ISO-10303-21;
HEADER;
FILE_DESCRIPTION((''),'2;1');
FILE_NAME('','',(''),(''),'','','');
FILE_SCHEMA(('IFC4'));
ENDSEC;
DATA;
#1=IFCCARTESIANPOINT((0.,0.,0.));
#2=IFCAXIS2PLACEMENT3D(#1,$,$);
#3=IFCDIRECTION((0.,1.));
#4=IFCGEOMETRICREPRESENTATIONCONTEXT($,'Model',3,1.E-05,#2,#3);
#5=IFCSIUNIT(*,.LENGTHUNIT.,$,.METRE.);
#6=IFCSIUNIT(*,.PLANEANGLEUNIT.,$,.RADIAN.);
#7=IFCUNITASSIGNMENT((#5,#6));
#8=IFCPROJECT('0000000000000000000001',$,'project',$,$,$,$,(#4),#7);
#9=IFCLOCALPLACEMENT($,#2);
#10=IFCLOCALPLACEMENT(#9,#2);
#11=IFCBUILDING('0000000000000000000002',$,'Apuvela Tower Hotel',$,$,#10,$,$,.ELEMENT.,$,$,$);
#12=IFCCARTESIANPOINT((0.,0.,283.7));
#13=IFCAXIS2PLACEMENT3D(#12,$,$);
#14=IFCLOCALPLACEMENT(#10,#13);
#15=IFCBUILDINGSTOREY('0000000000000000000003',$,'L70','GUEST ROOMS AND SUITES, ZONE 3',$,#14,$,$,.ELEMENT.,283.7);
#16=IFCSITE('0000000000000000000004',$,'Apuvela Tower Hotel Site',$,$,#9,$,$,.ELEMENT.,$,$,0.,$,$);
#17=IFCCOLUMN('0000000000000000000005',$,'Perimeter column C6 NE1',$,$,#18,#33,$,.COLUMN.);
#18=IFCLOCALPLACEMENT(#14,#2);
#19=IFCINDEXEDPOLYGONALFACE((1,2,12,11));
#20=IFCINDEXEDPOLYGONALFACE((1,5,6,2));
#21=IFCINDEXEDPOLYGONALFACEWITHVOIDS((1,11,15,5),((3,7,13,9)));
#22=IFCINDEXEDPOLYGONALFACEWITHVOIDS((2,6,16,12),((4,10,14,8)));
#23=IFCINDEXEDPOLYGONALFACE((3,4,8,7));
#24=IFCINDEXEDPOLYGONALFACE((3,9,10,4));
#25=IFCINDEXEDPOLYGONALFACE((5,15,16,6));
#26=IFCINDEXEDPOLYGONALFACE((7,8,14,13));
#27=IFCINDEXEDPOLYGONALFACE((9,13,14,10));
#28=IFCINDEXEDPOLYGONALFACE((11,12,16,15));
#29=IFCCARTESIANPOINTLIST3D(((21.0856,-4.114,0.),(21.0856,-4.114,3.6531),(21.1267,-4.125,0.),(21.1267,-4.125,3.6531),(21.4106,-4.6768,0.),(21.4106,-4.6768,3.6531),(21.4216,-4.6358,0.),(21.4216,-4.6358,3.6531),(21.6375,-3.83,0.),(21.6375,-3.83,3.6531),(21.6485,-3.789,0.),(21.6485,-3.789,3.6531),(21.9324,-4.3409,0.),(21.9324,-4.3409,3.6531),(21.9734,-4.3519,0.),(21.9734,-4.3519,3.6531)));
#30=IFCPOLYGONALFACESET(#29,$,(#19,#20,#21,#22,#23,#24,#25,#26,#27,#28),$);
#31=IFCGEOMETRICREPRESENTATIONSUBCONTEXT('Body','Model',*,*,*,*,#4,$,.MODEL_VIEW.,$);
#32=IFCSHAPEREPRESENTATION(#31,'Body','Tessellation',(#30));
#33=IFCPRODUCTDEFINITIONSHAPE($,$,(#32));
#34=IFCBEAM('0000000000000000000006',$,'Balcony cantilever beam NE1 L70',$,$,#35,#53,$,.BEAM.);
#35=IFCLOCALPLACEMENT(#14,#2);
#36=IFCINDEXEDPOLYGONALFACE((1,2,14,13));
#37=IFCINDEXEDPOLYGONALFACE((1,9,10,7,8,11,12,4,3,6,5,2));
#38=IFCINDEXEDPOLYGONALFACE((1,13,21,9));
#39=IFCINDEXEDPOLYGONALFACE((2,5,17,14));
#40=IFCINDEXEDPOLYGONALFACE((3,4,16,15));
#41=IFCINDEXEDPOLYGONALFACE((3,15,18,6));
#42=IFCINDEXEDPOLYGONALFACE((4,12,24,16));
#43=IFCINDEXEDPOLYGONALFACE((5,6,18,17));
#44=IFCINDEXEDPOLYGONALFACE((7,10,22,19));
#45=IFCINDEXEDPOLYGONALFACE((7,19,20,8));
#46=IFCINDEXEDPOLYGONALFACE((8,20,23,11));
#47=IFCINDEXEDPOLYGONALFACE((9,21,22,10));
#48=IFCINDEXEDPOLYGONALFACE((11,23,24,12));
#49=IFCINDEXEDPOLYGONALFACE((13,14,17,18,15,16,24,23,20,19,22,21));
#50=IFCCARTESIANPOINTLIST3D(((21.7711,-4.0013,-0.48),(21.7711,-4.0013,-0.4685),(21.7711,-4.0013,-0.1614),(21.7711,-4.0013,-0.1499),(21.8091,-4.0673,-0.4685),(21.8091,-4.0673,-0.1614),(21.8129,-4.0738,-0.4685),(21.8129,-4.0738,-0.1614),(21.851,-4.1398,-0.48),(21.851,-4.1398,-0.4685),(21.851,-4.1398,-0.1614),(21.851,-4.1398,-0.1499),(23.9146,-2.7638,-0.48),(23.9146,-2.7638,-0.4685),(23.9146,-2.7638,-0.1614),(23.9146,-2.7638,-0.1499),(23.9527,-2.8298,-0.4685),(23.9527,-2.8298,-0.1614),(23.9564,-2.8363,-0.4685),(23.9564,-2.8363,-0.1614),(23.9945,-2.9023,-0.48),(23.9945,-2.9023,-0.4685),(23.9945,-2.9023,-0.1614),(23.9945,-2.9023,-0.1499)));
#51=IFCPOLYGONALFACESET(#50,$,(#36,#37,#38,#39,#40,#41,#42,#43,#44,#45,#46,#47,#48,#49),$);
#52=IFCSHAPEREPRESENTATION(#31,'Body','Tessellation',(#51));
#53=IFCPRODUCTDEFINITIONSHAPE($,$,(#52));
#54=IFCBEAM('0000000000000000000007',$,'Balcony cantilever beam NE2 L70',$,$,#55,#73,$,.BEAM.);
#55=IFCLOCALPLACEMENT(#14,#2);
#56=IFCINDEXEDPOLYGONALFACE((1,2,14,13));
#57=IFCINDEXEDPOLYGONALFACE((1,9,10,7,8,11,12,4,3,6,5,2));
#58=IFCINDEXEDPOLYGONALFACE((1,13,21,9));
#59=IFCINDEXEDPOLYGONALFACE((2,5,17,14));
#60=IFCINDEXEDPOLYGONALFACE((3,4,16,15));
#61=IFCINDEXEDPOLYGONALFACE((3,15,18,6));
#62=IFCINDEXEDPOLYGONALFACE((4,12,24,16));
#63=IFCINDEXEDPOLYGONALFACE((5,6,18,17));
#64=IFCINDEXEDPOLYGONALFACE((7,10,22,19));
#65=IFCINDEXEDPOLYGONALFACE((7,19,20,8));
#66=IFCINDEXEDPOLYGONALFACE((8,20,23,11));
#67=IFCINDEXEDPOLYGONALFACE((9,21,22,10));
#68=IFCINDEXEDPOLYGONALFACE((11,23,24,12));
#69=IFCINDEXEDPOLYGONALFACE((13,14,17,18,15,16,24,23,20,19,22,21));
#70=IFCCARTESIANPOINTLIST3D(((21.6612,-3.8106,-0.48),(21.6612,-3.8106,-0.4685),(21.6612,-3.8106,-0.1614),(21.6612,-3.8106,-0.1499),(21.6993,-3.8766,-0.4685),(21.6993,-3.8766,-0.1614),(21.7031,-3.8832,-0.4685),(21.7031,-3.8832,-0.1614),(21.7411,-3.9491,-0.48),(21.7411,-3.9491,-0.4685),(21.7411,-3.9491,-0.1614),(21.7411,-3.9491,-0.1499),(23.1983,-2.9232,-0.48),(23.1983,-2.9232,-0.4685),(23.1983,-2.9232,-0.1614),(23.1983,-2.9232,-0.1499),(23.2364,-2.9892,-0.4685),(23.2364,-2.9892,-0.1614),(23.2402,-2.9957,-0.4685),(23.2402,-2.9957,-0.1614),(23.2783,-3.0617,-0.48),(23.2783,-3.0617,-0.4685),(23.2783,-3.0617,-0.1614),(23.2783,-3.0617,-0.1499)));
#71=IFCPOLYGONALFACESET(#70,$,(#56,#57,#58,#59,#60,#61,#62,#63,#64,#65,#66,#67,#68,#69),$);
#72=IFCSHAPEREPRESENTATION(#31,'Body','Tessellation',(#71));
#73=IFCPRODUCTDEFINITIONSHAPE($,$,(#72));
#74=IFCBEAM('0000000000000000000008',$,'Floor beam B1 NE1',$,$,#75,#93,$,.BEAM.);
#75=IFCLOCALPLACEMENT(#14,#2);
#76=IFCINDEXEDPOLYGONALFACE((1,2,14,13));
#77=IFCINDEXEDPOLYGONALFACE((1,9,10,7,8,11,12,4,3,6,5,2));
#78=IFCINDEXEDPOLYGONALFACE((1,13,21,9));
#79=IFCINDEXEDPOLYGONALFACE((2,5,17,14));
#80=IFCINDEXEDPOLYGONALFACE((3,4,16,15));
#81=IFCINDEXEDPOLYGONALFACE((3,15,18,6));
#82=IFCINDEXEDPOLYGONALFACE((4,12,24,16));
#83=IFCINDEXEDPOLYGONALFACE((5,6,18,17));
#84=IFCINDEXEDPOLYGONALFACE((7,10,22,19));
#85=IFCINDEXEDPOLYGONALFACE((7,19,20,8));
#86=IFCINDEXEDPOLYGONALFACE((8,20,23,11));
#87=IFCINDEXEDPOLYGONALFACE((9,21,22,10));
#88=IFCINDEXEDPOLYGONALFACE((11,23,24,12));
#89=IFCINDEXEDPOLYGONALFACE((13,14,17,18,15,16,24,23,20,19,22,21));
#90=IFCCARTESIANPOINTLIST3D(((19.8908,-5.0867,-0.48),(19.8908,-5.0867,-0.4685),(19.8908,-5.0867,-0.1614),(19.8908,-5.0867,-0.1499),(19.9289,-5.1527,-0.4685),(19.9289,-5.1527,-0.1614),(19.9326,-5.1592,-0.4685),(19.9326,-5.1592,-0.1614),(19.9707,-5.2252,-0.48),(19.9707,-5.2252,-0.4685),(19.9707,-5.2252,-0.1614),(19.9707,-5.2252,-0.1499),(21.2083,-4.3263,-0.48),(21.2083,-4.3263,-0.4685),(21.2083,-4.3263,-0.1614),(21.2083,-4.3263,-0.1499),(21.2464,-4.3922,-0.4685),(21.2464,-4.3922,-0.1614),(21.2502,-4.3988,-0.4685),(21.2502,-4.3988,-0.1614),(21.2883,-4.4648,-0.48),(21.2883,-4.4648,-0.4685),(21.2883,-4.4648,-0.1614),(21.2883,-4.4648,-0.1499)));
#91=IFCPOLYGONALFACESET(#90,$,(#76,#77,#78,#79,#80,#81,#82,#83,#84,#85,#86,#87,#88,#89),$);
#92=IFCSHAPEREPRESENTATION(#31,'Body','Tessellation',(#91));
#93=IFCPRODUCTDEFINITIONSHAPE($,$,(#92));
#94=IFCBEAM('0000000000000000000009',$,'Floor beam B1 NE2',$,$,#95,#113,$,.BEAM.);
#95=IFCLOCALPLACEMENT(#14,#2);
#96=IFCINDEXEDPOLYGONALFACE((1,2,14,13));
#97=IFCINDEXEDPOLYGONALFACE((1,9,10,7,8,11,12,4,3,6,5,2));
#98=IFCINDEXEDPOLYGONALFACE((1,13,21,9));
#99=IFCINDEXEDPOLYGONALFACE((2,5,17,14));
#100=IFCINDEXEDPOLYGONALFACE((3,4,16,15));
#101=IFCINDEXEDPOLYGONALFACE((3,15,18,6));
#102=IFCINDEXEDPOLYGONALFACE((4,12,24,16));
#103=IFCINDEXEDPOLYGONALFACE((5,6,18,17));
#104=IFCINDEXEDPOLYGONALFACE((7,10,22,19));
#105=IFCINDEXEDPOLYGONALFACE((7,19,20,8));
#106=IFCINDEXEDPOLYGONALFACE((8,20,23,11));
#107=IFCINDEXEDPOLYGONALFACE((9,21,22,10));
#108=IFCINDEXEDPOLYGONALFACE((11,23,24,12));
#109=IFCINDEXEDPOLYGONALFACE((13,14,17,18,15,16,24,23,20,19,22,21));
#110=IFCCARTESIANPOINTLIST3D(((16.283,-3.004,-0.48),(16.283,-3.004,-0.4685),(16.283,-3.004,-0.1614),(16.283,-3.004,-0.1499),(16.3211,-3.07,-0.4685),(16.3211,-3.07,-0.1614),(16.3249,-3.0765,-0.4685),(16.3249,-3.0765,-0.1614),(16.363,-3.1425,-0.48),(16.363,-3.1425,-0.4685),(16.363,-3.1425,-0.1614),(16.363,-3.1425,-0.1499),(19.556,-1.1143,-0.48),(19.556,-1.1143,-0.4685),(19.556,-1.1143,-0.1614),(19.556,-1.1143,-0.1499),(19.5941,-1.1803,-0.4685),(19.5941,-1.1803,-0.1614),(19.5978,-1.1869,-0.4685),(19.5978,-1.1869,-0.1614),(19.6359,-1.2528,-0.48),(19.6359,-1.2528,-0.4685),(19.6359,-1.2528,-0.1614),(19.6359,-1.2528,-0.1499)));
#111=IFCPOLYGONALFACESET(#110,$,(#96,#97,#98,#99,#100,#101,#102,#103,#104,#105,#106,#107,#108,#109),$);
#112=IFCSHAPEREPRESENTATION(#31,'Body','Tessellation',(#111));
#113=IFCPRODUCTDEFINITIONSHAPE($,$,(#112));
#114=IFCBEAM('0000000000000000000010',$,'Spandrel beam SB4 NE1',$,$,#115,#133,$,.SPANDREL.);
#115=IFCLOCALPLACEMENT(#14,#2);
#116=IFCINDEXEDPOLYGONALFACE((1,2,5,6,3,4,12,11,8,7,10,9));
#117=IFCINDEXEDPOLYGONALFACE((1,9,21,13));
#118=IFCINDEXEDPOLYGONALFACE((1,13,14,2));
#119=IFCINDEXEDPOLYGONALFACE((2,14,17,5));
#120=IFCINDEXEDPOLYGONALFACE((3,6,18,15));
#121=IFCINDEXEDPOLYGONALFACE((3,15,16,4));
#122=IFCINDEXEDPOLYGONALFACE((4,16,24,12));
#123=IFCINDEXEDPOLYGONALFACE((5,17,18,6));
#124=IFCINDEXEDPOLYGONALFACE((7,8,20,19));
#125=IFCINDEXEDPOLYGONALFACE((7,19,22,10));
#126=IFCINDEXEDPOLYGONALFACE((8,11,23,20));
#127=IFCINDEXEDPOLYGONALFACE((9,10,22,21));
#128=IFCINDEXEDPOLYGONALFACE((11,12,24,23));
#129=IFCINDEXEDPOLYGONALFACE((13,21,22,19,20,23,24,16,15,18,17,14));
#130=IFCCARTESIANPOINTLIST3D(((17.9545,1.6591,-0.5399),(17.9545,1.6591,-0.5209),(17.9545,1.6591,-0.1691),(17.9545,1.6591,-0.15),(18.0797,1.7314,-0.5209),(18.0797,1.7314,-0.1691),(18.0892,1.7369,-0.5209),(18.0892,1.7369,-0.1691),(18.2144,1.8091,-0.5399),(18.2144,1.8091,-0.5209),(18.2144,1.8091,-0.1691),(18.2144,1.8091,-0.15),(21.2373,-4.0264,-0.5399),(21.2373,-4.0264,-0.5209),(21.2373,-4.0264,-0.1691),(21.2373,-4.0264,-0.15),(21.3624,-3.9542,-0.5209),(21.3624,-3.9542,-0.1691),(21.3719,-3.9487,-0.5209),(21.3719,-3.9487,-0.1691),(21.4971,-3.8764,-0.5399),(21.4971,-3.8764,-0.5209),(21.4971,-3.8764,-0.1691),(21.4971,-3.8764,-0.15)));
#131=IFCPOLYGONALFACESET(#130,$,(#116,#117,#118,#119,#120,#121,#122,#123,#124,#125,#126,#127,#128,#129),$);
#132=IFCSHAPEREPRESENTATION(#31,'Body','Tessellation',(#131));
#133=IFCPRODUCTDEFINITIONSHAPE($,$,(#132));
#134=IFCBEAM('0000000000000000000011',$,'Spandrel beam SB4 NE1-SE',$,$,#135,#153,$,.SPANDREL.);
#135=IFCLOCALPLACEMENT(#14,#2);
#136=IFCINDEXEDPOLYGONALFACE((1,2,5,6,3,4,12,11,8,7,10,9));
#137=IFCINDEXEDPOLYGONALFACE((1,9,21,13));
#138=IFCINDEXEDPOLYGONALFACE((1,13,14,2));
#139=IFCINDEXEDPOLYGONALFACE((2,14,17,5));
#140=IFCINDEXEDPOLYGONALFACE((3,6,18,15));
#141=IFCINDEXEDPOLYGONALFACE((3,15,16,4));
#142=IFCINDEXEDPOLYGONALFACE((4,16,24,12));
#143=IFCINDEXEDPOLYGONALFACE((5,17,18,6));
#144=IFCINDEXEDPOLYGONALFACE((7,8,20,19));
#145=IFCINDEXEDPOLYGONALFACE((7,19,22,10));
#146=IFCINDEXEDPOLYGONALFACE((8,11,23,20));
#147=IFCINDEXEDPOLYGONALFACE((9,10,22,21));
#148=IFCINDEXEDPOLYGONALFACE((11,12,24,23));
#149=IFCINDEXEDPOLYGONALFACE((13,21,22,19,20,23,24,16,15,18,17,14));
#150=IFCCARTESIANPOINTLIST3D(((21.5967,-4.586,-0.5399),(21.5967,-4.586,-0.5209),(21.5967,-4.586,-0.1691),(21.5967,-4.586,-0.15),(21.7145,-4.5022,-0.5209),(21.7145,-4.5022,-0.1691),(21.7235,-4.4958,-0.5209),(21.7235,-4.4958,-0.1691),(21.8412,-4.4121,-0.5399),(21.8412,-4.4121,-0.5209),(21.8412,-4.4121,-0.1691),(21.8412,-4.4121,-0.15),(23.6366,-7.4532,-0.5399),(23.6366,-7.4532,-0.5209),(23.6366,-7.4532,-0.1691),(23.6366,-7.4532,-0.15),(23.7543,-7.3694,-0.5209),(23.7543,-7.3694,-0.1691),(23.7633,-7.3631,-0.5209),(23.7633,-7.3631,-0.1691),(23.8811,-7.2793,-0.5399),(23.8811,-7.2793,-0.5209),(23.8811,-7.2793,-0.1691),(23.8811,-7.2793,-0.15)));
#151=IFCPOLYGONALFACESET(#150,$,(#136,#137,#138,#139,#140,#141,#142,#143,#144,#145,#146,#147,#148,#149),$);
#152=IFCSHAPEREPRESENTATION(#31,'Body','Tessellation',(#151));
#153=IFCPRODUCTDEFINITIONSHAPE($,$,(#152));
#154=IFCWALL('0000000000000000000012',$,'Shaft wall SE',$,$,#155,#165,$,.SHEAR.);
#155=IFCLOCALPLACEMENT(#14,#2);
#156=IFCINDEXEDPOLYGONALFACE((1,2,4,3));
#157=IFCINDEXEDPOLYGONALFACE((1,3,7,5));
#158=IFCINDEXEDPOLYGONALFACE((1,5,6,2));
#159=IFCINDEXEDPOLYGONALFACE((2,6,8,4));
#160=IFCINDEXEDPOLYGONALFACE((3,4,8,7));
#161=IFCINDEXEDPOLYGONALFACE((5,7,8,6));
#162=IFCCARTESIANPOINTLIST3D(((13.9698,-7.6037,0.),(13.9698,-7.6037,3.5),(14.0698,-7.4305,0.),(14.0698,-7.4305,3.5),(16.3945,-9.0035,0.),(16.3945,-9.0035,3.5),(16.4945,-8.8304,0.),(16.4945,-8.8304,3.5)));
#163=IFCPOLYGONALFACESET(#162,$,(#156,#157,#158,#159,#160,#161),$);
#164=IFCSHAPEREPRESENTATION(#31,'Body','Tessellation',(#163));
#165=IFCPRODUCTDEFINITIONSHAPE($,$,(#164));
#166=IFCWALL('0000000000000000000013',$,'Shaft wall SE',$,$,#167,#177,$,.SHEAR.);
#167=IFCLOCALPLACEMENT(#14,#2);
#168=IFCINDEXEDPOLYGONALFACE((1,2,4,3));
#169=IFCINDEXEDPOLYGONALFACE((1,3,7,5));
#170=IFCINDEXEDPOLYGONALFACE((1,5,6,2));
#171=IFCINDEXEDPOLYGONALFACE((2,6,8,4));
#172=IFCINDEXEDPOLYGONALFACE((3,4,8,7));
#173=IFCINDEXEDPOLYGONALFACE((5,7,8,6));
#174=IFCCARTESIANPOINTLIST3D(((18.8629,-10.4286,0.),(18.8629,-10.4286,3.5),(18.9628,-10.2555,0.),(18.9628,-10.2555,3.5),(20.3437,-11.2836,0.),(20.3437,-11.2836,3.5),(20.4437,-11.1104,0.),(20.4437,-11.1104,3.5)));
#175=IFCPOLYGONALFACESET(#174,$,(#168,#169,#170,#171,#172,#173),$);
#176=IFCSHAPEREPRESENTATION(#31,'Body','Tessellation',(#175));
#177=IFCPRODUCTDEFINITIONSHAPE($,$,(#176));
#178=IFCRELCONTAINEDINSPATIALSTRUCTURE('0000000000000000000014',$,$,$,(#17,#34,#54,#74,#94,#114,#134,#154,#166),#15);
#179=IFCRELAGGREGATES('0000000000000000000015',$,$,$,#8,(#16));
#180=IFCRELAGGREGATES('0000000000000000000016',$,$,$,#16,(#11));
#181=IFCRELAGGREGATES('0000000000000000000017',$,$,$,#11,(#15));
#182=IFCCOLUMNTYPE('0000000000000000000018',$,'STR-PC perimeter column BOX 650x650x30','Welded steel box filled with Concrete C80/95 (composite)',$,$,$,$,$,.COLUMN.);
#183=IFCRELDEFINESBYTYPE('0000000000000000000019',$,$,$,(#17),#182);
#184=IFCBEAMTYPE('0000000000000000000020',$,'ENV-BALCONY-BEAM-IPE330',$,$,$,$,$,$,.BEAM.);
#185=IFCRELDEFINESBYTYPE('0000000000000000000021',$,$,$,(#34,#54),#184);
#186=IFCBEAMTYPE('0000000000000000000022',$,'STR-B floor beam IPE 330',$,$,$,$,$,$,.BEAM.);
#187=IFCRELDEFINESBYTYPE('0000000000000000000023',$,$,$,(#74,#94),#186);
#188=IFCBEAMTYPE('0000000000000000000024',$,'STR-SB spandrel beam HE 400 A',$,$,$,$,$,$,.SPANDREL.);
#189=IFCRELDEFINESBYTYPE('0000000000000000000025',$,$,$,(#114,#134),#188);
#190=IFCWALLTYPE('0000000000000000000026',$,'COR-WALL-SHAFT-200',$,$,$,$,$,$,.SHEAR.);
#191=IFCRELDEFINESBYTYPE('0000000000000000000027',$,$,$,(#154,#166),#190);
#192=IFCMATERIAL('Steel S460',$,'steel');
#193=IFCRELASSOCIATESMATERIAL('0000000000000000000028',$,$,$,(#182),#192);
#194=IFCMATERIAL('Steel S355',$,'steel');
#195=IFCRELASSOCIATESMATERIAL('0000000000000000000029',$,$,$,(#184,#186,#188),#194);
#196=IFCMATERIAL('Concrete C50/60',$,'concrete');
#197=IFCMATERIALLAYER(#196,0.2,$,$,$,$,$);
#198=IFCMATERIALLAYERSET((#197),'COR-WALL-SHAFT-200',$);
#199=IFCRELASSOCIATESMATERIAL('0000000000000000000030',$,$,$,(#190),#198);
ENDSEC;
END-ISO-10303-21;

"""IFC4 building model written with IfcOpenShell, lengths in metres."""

from ifc_helpers import new_model, si_unit, direction, frame, frame_2d, origin, origin_2d, place, context, subcontext, project, spatial, rectangle, hollow_rectangle, i_section, extrude, boolean, halfspace, material, layer, layer_set, material_profile, profile_set, type_object, element, save


model = new_model("IFC4")

# Units and contexts
model_context = context("Model", 3, precision=1e-05, world=origin(), true_north=direction((0.0, 1.0)))
body_context = subcontext(model_context, "Body", "Model", "MODEL_VIEW")
ifc_project = project(units=[si_unit("LENGTHUNIT", "METRE"), si_unit("PLANEANGLEUNIT", "RADIAN")], contexts=[model_context])

# Site, building, storey
site_placement = place(None, origin())
site = spatial("IfcSite", under=ifc_project, at=site_placement, Name="Apuvela Tower Hotel Site", CompositionType="ELEMENT", RefElevation=0.0)
building_placement = place(site_placement, origin())
building = spatial("IfcBuilding", under=site, at=building_placement, Name="Apuvela Tower Hotel", CompositionType="ELEMENT")
storey_placement = place(building_placement, frame((0.0, 0.0, 283.7)))
storey = spatial("IfcBuildingStorey", under=building, at=storey_placement, Name="L70", Description="GUEST ROOMS AND SUITES, ZONE 3", CompositionType="ELEMENT", Elevation=283.7)

# Column
ifc_material_1 = material(Name="Steel S460", Category="steel")
ifc_material_profile_1 = material_profile(ifc_material_1, hollow_rectangle(XDim=0.6499, YDim=0.6499, WallThickness=0.03, at=origin_2d()), Name="BOX 650x650x30")
ifc_material_2 = material(Name="Concrete C80/95", Category="concrete")
ifc_material_profile_2 = material_profile(ifc_material_2, rectangle(XDim=0.5901, YDim=0.5901, at=origin_2d()), Name="Concrete C80/95 infill")
ifc_profile_set_1 = profile_set([ifc_material_profile_1, ifc_material_profile_2], Name="Steel S460")
column_type = type_object("IfcColumnType", Name="STR-PC perimeter column BOX 650x650x30", Description="Welded steel box filled with Concrete C80/95 (composite)", PredefinedType="COLUMN", material=ifc_profile_set_1)
column_placement = place(storey_placement, frame((21.5295, -4.2329, 0.0), z_axis=(0.0, 0.0, 1.0), x_axis=(-0.5, 0.866025, 0.0)))
element("IfcColumn", 1, at=column_placement, inside=storey, type_object=column_type, Name="Perimeter column C6 NE1", PredefinedType="COLUMN", context=body_context, shape_type="SweptSolid", body=[
    boolean("DIFFERENCE", extrude(hollow_rectangle(XDim=0.6499, YDim=0.6499, WallThickness=0.03, at=origin_2d()), origin(), (0.0, 0.0, 1.0), 3.7), halfspace(frame((0.0, 0.0, 3.6531), z_axis=(0.0, 0.0, 1.0), x_axis=(1.0, 0.0, 0.0)), False)),
])

# Beams
ifc_material_3 = material(Name="Steel S355", Category="steel")
ifc_material_profile_3 = material_profile(ifc_material_3, i_section(OverallWidth=0.1599, OverallDepth=0.3301, WebThickness=0.0076, FlangeThickness=0.0115, at=origin_2d()), Name="IPE 330")
ifc_profile_set_2 = profile_set([ifc_material_profile_3], Name="Steel S355")
beam_type_1 = type_object("IfcBeamType", Name="ENV-BALCONY-BEAM-IPE330", PredefinedType="BEAM", material=ifc_profile_set_2)
beam_1_placement = place(storey_placement, frame((21.811, -4.0706, -0.3149), z_axis=(0.866031, 0.49999, 0.0), x_axis=(-0.49999, 0.866031, 0.0)))
element("IfcBeam", 2, at=beam_1_placement, inside=storey, type_object=beam_type_1, Name="Balcony cantilever beam NE1 L70", PredefinedType="BEAM", context=body_context, shape_type="SweptSolid", body=[
    extrude(i_section(OverallWidth=0.1599, OverallDepth=0.3301, WebThickness=0.0076, FlangeThickness=0.0115, at=origin_2d()), origin(), (0.0, 0.0, 1.0), 2.4751),
])
beam_2_placement = place(storey_placement, frame((21.7012, -3.8799, -0.3149), z_axis=(0.866025, 0.5, 0.0), x_axis=(-0.5, 0.866025, 0.0)))
element("IfcBeam", 3, at=beam_2_placement, inside=storey, type_object=beam_type_1, Name="Balcony cantilever beam NE2 L70", PredefinedType="BEAM", context=body_context, shape_type="SweptSolid", body=[
    extrude(i_section(OverallWidth=0.1599, OverallDepth=0.3301, WebThickness=0.0076, FlangeThickness=0.0115, at=origin_2d()), origin(), (0.0, 0.0, 1.0), 1.7749),
])
ifc_material_profile_4 = material_profile(ifc_material_3, i_section(OverallWidth=0.1599, OverallDepth=0.3301, WebThickness=0.0076, FlangeThickness=0.0115, at=origin_2d()), Name="IPE 330")
ifc_profile_set_3 = profile_set([ifc_material_profile_4], Name="Steel S355")
beam_type_2 = type_object("IfcBeamType", Name="STR-B floor beam IPE 330", PredefinedType="BEAM", material=ifc_profile_set_3)
beam_3_placement = place(storey_placement, frame((21.2483, -4.3955, -0.3149), z_axis=(-0.866092, -0.499885, 0.0), x_axis=(0.499885, -0.866092, 0.0)))
element("IfcBeam", 4, at=beam_3_placement, inside=storey, type_object=beam_type_2, Name="Floor beam B1 NE1", PredefinedType="BEAM", context=body_context, shape_type="SweptSolid", body=[
    extrude(i_section(OverallWidth=0.1599, OverallDepth=0.3301, WebThickness=0.0076, FlangeThickness=0.0115, at=origin_2d()), origin(), (0.0, 0.0, 1.0), 1.5212),
])
beam_4_placement = place(storey_placement, frame((19.5959, -1.1836, -0.3149), z_axis=(-0.866024, -0.500002, 0.0), x_axis=(0.500002, -0.866024, 0.0)))
element("IfcBeam", 5, at=beam_4_placement, inside=storey, type_object=beam_type_2, Name="Floor beam B1 NE2", PredefinedType="BEAM", context=body_context, shape_type="SweptSolid", body=[
    extrude(i_section(OverallWidth=0.1599, OverallDepth=0.3301, WebThickness=0.0076, FlangeThickness=0.0115, at=origin_2d()), origin(), (0.0, 0.0, 1.0), 3.7793),
])
ifc_material_profile_5 = material_profile(ifc_material_3, i_section(OverallWidth=0.3, OverallDepth=0.3899, WebThickness=0.011, FlangeThickness=0.019, at=origin_2d()), Name="HE 400 A")
ifc_profile_set_4 = profile_set([ifc_material_profile_5], Name="Steel S355")
beam_type_3 = type_object("IfcBeamType", Name="STR-SB spandrel beam HE 400 A", PredefinedType="SPANDREL", material=ifc_profile_set_4)
beam_5_placement = place(storey_placement, frame((21.3672, -3.9514, -0.345), z_axis=(-0.500019, 0.866015, 0.0), x_axis=(-0.866015, -0.500019, 0.0)))
element("IfcBeam", 6, at=beam_5_placement, inside=storey, type_object=beam_type_3, Name="Spandrel beam SB4 NE1", PredefinedType="SPANDREL", context=body_context, shape_type="SweptSolid", body=[
    extrude(i_section(OverallWidth=0.3, OverallDepth=0.3899, WebThickness=0.011, FlangeThickness=0.019, at=origin_2d()), origin(), (0.0, 0.0, 1.0), 6.5652),
])
beam_6_placement = place(storey_placement, frame((21.719, -4.499, -0.345), z_axis=(0.579695, -0.814834, 0.0), x_axis=(0.814834, 0.579695, 0.0)))
element("IfcBeam", 7, at=beam_6_placement, inside=storey, type_object=beam_type_3, Name="Spandrel beam SB4 NE1-SE", PredefinedType="SPANDREL", context=body_context, shape_type="SweptSolid", body=[
    extrude(i_section(OverallWidth=0.3, OverallDepth=0.3899, WebThickness=0.011, FlangeThickness=0.019, at=origin_2d()), origin(), (0.0, 0.0, 1.0), 3.5188),
])

# Walls
ifc_material_4 = material(Name="Concrete C50/60", Category="concrete")
ifc_layer_1 = layer(ifc_material_4, 0.2)
ifc_layer_set_1 = layer_set([ifc_layer_1], Name="COR-WALL-SHAFT-200")
wall_type_1 = type_object("IfcWallType", Name="COR-WALL-SHAFT-200", PredefinedType="SHEAR", material=ifc_layer_set_1)
wall_1_placement = place(storey_placement, frame((14.0198, -7.5171, 0.0), z_axis=(0.0, 0.0, 1.0), x_axis=(0.866035, -0.499984, 0.0)))
element("IfcWall", 8, at=wall_1_placement, inside=storey, type_object=wall_type_1, Name="Shaft wall SE", PredefinedType="SHEAR", context=body_context, shape_type="SweptSolid", body=[
    extrude(rectangle(XDim=2.7998, YDim=0.2, at=frame_2d((1.3999, 0.0))), origin(), (0.0, 0.0, 1.0), 3.5),
])
wall_2_placement = place(storey_placement, frame((18.9128, -10.342, 0.0), z_axis=(0.0, 0.0, 1.0), x_axis=(0.866038, -0.499978, 0.0)))
element("IfcWall", 9, at=wall_2_placement, inside=storey, type_object=wall_type_1, Name="Shaft wall SE", PredefinedType="SHEAR", context=body_context, shape_type="SweptSolid", body=[
    extrude(rectangle(XDim=1.71, YDim=0.2, at=frame_2d((0.855, 0.0))), origin(), (0.0, 0.0, 1.0), 3.5),
])

save(model, "model.ifc")
